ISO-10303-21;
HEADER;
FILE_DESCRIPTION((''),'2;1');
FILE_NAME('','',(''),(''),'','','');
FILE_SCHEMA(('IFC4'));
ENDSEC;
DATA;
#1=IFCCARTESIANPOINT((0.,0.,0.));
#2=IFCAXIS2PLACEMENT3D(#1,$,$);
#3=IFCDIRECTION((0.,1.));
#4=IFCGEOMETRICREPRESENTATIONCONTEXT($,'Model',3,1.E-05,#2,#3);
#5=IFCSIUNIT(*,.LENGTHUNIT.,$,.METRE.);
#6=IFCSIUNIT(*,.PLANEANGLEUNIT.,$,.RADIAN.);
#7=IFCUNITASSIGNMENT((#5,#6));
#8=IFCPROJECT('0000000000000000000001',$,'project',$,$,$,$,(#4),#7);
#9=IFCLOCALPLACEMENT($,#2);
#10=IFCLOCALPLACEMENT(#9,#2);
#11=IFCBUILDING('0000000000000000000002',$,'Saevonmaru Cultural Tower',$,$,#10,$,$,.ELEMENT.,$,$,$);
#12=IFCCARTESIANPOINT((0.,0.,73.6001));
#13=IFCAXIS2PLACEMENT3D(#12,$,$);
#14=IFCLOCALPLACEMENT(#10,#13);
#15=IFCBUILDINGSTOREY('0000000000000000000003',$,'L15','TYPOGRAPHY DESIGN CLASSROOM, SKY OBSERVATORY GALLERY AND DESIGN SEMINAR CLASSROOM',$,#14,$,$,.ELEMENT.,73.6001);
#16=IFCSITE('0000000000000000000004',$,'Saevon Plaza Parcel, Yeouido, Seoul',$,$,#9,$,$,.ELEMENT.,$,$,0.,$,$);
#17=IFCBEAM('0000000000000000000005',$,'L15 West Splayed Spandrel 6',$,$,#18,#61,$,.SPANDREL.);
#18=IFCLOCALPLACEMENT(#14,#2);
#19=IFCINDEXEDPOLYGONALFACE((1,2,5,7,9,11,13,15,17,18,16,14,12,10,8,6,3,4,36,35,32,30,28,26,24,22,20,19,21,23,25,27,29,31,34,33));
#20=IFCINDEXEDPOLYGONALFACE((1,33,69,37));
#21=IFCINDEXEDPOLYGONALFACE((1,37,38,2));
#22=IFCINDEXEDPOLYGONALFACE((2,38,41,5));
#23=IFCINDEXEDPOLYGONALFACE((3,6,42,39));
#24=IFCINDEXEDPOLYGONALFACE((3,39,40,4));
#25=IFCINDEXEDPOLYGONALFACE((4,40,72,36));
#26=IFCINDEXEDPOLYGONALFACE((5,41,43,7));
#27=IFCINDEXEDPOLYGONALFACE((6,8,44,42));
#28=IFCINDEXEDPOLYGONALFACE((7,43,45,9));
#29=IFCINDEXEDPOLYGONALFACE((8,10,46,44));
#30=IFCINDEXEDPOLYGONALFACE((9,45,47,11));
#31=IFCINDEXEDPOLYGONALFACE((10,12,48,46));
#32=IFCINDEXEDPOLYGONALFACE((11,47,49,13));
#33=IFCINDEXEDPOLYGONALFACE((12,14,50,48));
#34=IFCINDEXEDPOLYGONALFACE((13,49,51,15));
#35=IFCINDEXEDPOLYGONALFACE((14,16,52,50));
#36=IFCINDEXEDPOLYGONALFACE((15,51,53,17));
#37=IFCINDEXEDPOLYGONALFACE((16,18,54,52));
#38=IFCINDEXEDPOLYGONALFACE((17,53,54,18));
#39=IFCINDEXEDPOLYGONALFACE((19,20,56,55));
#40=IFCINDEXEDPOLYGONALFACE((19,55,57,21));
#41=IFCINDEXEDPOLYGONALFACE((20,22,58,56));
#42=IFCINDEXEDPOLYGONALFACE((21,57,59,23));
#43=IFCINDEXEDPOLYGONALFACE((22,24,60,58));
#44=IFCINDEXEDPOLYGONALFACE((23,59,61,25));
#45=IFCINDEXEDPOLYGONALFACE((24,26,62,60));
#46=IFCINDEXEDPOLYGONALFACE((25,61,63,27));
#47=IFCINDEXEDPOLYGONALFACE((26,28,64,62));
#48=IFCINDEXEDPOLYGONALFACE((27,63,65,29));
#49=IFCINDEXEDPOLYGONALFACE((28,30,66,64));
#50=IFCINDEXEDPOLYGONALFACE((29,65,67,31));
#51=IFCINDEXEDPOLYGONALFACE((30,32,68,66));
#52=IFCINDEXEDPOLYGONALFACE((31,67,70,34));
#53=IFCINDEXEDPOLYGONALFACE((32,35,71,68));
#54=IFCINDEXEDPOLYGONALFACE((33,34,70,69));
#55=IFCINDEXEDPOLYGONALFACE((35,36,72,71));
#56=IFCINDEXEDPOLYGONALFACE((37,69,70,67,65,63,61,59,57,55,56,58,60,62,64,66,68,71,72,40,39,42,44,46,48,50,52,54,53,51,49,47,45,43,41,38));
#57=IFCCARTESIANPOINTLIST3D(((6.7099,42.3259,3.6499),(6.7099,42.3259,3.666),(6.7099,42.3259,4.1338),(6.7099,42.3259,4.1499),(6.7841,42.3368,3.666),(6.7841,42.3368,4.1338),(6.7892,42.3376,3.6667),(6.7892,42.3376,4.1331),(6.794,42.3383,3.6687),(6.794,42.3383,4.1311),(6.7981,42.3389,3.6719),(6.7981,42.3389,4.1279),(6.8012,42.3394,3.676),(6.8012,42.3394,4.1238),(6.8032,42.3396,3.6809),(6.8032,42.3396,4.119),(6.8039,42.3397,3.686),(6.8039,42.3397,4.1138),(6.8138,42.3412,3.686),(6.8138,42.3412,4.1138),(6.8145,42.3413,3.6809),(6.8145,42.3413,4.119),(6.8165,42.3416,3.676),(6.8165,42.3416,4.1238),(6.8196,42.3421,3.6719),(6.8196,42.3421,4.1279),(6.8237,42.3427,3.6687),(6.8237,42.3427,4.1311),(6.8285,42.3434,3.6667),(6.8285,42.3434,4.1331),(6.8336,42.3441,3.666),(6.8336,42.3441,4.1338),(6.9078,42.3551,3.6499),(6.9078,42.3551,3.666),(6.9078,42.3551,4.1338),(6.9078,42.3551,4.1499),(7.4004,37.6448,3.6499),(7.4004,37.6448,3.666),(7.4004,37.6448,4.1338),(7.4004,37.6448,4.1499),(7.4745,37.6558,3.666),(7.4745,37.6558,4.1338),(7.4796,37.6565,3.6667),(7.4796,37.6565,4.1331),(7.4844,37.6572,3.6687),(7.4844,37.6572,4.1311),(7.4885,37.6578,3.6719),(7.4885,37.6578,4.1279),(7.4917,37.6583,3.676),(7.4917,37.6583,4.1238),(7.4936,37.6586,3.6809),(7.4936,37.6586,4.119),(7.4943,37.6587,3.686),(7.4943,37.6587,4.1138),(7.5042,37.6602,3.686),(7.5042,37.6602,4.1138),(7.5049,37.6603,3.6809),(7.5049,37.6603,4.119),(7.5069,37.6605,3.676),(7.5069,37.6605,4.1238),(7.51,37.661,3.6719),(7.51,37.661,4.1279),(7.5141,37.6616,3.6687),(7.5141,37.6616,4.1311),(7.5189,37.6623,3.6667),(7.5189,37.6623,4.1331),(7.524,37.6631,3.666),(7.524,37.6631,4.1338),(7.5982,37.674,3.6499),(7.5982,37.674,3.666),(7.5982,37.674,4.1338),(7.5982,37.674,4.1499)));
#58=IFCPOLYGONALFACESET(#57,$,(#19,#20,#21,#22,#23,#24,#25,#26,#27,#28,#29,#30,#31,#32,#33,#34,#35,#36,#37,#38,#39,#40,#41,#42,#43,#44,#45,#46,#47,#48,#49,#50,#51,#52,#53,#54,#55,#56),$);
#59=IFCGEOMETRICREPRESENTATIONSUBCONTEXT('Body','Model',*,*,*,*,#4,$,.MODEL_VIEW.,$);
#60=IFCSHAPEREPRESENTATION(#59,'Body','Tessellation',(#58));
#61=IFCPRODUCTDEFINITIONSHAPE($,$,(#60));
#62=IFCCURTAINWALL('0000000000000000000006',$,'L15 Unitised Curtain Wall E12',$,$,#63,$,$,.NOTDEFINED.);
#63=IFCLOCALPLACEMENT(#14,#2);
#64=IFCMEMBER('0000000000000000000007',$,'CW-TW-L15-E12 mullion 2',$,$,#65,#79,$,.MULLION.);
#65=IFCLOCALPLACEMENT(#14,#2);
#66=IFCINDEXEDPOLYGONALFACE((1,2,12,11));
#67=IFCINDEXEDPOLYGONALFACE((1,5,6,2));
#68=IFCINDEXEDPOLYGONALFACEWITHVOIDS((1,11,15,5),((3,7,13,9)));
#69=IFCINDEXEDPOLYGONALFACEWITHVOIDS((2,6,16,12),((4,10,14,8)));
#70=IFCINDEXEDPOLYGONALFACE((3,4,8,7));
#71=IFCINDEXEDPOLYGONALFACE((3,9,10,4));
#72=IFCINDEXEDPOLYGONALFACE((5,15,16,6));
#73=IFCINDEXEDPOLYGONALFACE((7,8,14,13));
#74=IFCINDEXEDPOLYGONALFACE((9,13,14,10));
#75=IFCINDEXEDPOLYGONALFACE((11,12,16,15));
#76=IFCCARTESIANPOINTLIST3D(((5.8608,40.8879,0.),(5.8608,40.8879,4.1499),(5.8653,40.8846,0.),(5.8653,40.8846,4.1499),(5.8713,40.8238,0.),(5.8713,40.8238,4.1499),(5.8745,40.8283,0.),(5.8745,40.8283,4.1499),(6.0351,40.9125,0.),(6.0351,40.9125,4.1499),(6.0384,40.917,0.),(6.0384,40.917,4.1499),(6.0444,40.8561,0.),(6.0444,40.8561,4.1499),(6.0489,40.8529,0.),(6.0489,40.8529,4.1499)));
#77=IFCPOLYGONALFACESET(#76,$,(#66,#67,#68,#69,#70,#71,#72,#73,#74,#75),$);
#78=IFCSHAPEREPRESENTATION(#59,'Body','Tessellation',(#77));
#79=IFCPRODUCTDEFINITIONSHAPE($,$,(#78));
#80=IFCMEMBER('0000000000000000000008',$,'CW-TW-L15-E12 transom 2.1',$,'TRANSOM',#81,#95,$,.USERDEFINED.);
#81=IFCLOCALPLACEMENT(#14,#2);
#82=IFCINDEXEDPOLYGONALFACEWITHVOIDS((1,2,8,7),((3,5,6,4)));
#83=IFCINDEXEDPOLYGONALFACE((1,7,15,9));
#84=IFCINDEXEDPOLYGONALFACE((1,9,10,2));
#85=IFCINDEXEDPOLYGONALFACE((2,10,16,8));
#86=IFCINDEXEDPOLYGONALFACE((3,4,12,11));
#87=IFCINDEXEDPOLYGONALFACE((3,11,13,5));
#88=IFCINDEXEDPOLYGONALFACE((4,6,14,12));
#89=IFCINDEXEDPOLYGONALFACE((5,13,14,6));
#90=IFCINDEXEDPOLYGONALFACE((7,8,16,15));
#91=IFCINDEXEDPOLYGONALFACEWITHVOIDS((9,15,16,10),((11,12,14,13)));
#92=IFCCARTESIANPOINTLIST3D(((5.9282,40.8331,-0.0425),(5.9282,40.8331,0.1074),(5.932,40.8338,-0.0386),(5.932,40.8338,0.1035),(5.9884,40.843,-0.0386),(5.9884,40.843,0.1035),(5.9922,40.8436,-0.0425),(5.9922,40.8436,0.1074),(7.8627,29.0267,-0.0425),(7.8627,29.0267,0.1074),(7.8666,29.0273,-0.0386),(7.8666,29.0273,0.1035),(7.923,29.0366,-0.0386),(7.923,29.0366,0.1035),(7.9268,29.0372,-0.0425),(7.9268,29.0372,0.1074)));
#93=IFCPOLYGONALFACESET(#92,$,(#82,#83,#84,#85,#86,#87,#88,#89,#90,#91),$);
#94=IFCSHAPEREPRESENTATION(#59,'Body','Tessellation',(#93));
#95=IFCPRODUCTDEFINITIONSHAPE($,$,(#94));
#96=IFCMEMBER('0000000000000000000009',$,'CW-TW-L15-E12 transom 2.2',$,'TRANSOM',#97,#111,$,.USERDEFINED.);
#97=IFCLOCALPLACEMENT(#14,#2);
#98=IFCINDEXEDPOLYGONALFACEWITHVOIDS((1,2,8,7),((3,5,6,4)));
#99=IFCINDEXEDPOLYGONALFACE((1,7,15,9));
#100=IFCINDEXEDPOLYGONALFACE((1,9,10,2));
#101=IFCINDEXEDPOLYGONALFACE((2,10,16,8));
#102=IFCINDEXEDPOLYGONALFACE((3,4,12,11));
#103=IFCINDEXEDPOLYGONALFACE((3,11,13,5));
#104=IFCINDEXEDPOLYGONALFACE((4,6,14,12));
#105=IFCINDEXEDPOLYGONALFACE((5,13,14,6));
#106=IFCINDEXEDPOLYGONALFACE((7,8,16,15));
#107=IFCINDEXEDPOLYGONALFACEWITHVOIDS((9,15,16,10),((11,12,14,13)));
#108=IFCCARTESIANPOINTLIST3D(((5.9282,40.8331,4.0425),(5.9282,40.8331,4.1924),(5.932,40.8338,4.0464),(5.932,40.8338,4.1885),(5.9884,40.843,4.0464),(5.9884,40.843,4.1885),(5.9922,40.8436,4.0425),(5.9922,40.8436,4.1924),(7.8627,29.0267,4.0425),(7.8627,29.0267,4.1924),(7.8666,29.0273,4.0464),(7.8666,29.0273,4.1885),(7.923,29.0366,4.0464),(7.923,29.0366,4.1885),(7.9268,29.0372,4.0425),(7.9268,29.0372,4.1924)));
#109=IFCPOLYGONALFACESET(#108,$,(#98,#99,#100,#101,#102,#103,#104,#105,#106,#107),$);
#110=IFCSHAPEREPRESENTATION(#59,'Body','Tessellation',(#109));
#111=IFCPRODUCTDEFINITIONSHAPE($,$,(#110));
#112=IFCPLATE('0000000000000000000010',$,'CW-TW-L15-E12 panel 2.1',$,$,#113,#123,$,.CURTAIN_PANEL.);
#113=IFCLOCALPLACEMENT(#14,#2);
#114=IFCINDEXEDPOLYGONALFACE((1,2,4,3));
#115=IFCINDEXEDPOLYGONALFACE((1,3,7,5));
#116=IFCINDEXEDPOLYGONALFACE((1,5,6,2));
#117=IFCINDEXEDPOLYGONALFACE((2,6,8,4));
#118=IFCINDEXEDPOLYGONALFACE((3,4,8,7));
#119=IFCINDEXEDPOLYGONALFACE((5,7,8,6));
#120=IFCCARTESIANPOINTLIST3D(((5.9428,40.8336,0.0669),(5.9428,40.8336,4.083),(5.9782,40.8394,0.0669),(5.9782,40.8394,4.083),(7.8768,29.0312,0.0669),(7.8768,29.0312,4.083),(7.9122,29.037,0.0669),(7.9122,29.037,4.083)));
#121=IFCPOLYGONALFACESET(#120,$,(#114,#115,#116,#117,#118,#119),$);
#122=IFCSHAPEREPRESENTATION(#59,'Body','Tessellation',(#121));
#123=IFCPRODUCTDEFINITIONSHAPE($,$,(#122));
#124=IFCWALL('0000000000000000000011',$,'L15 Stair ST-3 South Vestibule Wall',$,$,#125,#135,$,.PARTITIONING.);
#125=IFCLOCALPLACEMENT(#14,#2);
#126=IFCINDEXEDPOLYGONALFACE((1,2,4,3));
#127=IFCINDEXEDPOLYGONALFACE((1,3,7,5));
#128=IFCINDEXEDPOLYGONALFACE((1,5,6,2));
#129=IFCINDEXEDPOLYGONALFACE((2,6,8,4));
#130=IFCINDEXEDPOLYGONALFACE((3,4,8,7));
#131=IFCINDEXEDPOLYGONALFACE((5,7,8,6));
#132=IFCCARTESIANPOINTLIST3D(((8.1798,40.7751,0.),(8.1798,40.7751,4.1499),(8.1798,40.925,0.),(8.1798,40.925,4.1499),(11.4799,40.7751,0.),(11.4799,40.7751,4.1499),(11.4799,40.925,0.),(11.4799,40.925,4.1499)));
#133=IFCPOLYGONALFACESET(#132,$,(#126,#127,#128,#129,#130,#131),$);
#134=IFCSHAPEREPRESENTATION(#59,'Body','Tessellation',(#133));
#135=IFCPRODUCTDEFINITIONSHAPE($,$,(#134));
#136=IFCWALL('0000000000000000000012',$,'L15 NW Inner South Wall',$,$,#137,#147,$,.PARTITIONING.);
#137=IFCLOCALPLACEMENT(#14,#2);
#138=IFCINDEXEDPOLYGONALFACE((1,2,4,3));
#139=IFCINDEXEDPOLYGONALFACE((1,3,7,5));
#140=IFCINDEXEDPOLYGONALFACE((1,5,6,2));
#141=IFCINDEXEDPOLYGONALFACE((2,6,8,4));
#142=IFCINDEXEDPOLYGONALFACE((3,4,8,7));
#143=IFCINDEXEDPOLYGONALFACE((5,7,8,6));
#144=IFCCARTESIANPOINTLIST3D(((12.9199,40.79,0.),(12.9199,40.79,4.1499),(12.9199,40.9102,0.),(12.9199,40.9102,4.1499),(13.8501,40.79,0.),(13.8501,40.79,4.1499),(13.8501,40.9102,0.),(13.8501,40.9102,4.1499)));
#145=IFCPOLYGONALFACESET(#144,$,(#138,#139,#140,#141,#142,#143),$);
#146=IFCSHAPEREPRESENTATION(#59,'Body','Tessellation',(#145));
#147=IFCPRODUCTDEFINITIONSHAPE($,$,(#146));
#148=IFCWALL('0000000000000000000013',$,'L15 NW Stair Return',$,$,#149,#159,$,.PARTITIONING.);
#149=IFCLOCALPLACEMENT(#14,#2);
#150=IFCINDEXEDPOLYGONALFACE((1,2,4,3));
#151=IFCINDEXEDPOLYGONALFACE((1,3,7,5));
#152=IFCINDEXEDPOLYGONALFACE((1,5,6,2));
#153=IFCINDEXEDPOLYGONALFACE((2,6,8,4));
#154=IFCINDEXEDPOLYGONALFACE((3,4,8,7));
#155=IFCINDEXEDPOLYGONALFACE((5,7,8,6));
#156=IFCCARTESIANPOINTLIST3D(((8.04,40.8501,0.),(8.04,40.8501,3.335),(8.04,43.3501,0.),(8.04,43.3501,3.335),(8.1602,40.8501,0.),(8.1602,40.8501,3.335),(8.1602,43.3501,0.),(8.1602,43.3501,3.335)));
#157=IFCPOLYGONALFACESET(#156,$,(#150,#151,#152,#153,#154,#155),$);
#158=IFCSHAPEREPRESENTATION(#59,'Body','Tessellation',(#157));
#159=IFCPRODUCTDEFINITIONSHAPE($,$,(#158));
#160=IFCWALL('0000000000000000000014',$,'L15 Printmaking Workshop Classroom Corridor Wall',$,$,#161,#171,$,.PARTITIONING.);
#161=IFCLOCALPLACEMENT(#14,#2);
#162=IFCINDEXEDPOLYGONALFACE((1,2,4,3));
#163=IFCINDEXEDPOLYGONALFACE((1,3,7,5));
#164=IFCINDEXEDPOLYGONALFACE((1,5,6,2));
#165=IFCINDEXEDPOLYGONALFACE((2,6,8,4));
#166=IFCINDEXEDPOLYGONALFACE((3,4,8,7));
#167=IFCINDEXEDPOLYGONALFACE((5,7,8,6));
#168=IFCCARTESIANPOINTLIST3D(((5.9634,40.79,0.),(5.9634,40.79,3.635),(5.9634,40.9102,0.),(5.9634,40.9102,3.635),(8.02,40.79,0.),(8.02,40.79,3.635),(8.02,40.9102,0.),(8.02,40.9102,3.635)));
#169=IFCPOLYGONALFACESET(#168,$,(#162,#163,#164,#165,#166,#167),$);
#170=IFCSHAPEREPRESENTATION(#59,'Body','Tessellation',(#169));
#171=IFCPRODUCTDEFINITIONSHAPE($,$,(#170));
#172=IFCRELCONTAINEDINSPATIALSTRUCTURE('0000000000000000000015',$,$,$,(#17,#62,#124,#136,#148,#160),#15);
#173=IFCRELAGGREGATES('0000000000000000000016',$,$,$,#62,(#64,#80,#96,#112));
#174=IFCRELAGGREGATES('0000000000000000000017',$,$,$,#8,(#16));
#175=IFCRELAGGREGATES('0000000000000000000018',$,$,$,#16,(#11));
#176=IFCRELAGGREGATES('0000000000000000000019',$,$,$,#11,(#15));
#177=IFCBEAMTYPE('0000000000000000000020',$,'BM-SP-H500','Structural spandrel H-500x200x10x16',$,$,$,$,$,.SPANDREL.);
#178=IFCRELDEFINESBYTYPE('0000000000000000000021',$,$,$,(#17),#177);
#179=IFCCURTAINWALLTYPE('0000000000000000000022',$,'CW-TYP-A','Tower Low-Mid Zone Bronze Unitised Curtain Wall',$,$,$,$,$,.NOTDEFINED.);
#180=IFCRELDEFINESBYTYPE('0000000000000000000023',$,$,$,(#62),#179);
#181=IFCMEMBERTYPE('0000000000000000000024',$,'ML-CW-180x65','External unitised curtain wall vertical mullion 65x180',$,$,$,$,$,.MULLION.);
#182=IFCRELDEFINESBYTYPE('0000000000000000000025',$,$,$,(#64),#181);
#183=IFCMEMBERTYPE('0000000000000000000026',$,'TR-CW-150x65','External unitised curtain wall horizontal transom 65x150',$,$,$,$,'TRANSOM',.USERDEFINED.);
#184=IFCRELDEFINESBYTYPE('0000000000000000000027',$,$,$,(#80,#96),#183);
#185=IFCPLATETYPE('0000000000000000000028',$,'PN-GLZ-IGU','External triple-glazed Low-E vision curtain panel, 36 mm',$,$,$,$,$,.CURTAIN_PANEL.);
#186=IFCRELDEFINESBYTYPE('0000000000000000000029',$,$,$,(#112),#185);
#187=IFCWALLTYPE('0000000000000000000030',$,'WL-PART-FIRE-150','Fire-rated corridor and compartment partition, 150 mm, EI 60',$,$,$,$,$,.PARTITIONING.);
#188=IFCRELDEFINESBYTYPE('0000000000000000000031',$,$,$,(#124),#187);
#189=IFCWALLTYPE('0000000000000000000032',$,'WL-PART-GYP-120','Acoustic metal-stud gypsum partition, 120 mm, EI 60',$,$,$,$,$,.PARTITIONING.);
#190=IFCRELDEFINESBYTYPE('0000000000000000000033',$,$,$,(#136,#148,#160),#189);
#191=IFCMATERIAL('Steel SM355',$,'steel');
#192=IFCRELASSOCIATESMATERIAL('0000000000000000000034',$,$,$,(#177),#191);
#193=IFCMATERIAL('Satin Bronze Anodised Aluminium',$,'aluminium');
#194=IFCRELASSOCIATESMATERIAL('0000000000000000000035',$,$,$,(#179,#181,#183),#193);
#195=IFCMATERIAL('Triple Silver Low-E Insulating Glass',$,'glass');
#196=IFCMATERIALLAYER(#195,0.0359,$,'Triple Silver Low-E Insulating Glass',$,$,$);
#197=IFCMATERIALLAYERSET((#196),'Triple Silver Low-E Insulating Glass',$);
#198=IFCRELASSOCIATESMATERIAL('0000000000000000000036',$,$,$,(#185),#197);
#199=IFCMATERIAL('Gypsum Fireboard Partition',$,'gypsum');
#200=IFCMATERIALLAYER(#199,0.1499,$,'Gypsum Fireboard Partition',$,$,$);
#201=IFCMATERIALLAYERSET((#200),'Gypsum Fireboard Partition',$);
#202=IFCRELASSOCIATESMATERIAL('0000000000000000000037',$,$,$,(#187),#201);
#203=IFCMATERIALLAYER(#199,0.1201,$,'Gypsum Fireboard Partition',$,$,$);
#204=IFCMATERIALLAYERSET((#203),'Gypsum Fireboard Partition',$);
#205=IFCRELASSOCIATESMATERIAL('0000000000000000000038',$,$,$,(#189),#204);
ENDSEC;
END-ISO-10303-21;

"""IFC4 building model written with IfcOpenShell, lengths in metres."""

from ifc_helpers import new_model, si_unit, direction, frame, frame_2d, origin, origin_2d, place, context, subcontext, project, spatial, rectangle, hollow_rectangle, i_section, extrude, material, layer, layer_set, material_profile, profile_set, type_object, element, aggregate, save


model = new_model("IFC4")

# Units and contexts
model_context = context("Model", 3, precision=1e-05, world=origin(), true_north=direction((0.0, 1.0)))
body_context = subcontext(model_context, "Body", "Model", "MODEL_VIEW")
ifc_project = project(units=[si_unit("LENGTHUNIT", "METRE"), si_unit("PLANEANGLEUNIT", "RADIAN")], contexts=[model_context])

# Site, building, storey
site_placement = place(None, origin())
site = spatial("IfcSite", under=ifc_project, at=site_placement, Name="Saevon Plaza Parcel, Yeouido, Seoul", CompositionType="ELEMENT", RefElevation=0.0)
building_placement = place(site_placement, origin())
building = spatial("IfcBuilding", under=site, at=building_placement, Name="Saevonmaru Cultural Tower", CompositionType="ELEMENT")
storey_placement = place(building_placement, frame((0.0, 0.0, 73.6001)))
storey = spatial("IfcBuildingStorey", under=building, at=storey_placement, Name="L15", Description="TYPOGRAPHY DESIGN CLASSROOM, SKY OBSERVATORY GALLERY AND DESIGN SEMINAR CLASSROOM", CompositionType="ELEMENT", Elevation=73.6001)

# Beam
ifc_material_1 = material(Name="Steel SM355", Category="steel")
ifc_material_profile_1 = material_profile(ifc_material_1, i_section(OverallWidth=0.2, OverallDepth=0.5, WebThickness=0.01, FlangeThickness=0.0161, FilletRadius=0.02, at=origin_2d()), Name="H-500x200x10x16")
ifc_profile_set_1 = profile_set([ifc_material_profile_1], Name="Steel SM355")
beam_type_1 = type_object("IfcBeamType", Name="BM-SP-H500", Description="Structural spandrel H-500x200x10x16", PredefinedType="SPANDREL", material=ifc_profile_set_1)
beam_1_placement = place(storey_placement, frame((7.4993, 37.6594, 3.8999), z_axis=(-0.145913, 0.989297, 0.0), x_axis=(-0.989297, -0.145913, 0.0)))
element("IfcBeam", 1, at=beam_1_placement, inside=storey, type_object=beam_type_1, Name="L15 West Splayed Spandrel 6", PredefinedType="SPANDREL", context=body_context, shape_type="SweptSolid", body=[
    extrude(i_section(OverallWidth=0.2, OverallDepth=0.5, WebThickness=0.01, FlangeThickness=0.0161, FilletRadius=0.02, at=origin_2d()), origin(), (0.0, 0.0, 1.0), 4.7317),
])

# Curtain wall, members, plate
ifc_material_2 = material(Name="Satin Bronze Anodised Aluminium", Category="aluminium")
curtain_wall_type = type_object("IfcCurtainWallType", Name="CW-TYP-A", Description="Tower Low-Mid Zone Bronze Unitised Curtain Wall", PredefinedType="NOTDEFINED", material=ifc_material_2)
curtain_wall_placement = place(storey_placement, origin())
curtain_wall = element("IfcCurtainWall", 2, at=curtain_wall_placement, inside=storey, type_object=curtain_wall_type, Name="L15 Unitised Curtain Wall E12", PredefinedType="NOTDEFINED")
ifc_material_profile_2 = material_profile(ifc_material_2, hollow_rectangle(XDim=0.0649, YDim=0.1799, WallThickness=0.0039, at=origin_2d()), Name="ALU-MULL-180x65x4")
ifc_profile_set_2 = profile_set([ifc_material_profile_2], Name="Satin Bronze Anodised Aluminium")
member_type_1 = type_object("IfcMemberType", Name="ML-CW-180x65", Description="External unitised curtain wall vertical mullion 65x180", PredefinedType="MULLION", material=ifc_profile_set_2)
member_1_placement = place(storey_placement, frame((5.9548, 40.8704, 0.0), z_axis=(0.0, 0.0, 1.0), x_axis=(0.161709, -0.986839, 0.0)))
member_1 = element("IfcMember", 3, at=member_1_placement, type_object=member_type_1, Name="CW-TW-L15-E12 mullion 2", PredefinedType="MULLION", context=body_context, shape_type="SweptSolid", body=[
    extrude(hollow_rectangle(XDim=0.0649, YDim=0.1799, WallThickness=0.0039, at=origin_2d()), origin(), (0.0, 0.0, 1.0), 4.1499),
])
ifc_material_profile_3 = material_profile(ifc_material_2, hollow_rectangle(XDim=0.0649, YDim=0.1499, WallThickness=0.0039, at=origin_2d()), Name="ALU-TRAN-150x65x4")
ifc_profile_set_3 = profile_set([ifc_material_profile_3], Name="Satin Bronze Anodised Aluminium")
member_type_2 = type_object("IfcMemberType", Name="TR-CW-150x65", Description="External unitised curtain wall horizontal transom 65x150", ElementType="TRANSOM", PredefinedType="USERDEFINED", material=ifc_profile_set_3)
member_2_placement = place(storey_placement, frame((5.9602, 40.8384, 0.0325), z_axis=(0.161701, -0.98684, 0.0), x_axis=(0.98684, 0.161701, 0.0)))
member_2 = element("IfcMember", 4, at=member_2_placement, type_object=member_type_2, Name="CW-TW-L15-E12 transom 2.1", ObjectType="TRANSOM", PredefinedType="USERDEFINED", context=body_context, shape_type="SweptSolid", body=[
    extrude(hollow_rectangle(XDim=0.0649, YDim=0.1499, WallThickness=0.0039, at=origin_2d()), origin(), (0.0, 0.0, 1.0), 11.9639),
])
member_3_placement = place(storey_placement, frame((5.9602, 40.8384, 4.1174), z_axis=(0.161701, -0.98684, 0.0), x_axis=(0.98684, 0.161701, 0.0)))
member_3 = element("IfcMember", 5, at=member_3_placement, type_object=member_type_2, Name="CW-TW-L15-E12 transom 2.2", ObjectType="TRANSOM", PredefinedType="USERDEFINED", context=body_context, shape_type="SweptSolid", body=[
    extrude(hollow_rectangle(XDim=0.0649, YDim=0.1499, WallThickness=0.0039, at=origin_2d()), origin(), (0.0, 0.0, 1.0), 11.9639),
])
ifc_material_3 = material(Name="Triple Silver Low-E Insulating Glass", Category="glass")
ifc_layer_1 = layer(ifc_material_3, 0.0359, Name="Triple Silver Low-E Insulating Glass")
ifc_layer_set_1 = layer_set([ifc_layer_1], Name="Triple Silver Low-E Insulating Glass")
plate_type = type_object("IfcPlateType", Name="PN-GLZ-IGU", Description="External triple-glazed Low-E vision curtain panel, 36 mm", PredefinedType="CURTAIN_PANEL", material=ifc_layer_set_1)
plate_placement = place(storey_placement, frame((6.9275, 34.9353, 0.0669), z_axis=(0.0, 0.0, 1.0), x_axis=(0.161709, -0.986839, 0.0)))
plate = element("IfcPlate", 6, at=plate_placement, type_object=plate_type, Name="CW-TW-L15-E12 panel 2.1", PredefinedType="CURTAIN_PANEL", context=body_context, shape_type="SweptSolid", body=[
    extrude(rectangle(XDim=11.9597, YDim=0.0359, at=origin_2d()), origin(), (0.0, 0.0, 1.0), 4.0161),
])
aggregate(curtain_wall, [member_1, member_2, member_3, plate])

# Walls
ifc_material_4 = material(Name="Gypsum Fireboard Partition", Category="gypsum")
ifc_layer_2 = layer(ifc_material_4, 0.1499, Name="Gypsum Fireboard Partition")
ifc_layer_set_2 = layer_set([ifc_layer_2], Name="Gypsum Fireboard Partition")
wall_type_1 = type_object("IfcWallType", Name="WL-PART-FIRE-150", Description="Fire-rated corridor and compartment partition, 150 mm, EI 60", PredefinedType="PARTITIONING", material=ifc_layer_set_2)
wall_1_placement = place(storey_placement, frame((8.1799, 40.8501, 0.0), z_axis=(0.0, 0.0, 1.0), x_axis=(1.0, 0.0, 0.0)))
element("IfcWall", 7, at=wall_1_placement, inside=storey, type_object=wall_type_1, Name="L15 Stair ST-3 South Vestibule Wall", PredefinedType="PARTITIONING", context=body_context, shape_type="SweptSolid", body=[
    extrude(rectangle(XDim=3.3, YDim=0.1499, at=frame_2d((1.6499, 0.0))), origin(), (0.0, 0.0, 1.0), 4.1499),
])
ifc_layer_3 = layer(ifc_material_4, 0.1201, Name="Gypsum Fireboard Partition")
ifc_layer_set_3 = layer_set([ifc_layer_3], Name="Gypsum Fireboard Partition")
wall_type_2 = type_object("IfcWallType", Name="WL-PART-GYP-120", Description="Acoustic metal-stud gypsum partition, 120 mm, EI 60", PredefinedType="PARTITIONING", material=ifc_layer_set_3)
wall_2_placement = place(storey_placement, frame((12.9199, 40.8501, 0.0), z_axis=(0.0, 0.0, 1.0), x_axis=(1.0, 0.0, 0.0)))
element("IfcWall", 8, at=wall_2_placement, inside=storey, type_object=wall_type_2, Name="L15 NW Inner South Wall", PredefinedType="PARTITIONING", context=body_context, shape_type="SweptSolid", body=[
    extrude(rectangle(XDim=0.9302, YDim=0.1201, at=frame_2d((0.4651, 0.0))), origin(), (0.0, 0.0, 1.0), 4.1499),
])
wall_3_placement = place(storey_placement, frame((8.1001, 40.8501, 0.0), z_axis=(0.0, 0.0, 1.0), x_axis=(0.0, 1.0, 0.0)))
element("IfcWall", 9, at=wall_3_placement, inside=storey, type_object=wall_type_2, Name="L15 NW Stair Return", PredefinedType="PARTITIONING", context=body_context, shape_type="SweptSolid", body=[
    extrude(rectangle(XDim=2.5, YDim=0.1201, at=frame_2d((1.25, 0.0))), origin(), (0.0, 0.0, 1.0), 3.335),
])
wall_4_placement = place(storey_placement, frame((5.9634, 40.8501, 0.0), z_axis=(0.0, 0.0, 1.0), x_axis=(1.0, 0.0, 0.0)))
element("IfcWall", 10, at=wall_4_placement, inside=storey, type_object=wall_type_2, Name="L15 Printmaking Workshop Classroom Corridor Wall", PredefinedType="PARTITIONING", context=body_context, shape_type="SweptSolid", body=[
    extrude(rectangle(XDim=2.0566, YDim=0.1201, at=frame_2d((1.0283, 0.0))), origin(), (0.0, 0.0, 1.0), 3.635),
])

save(model, "model.ifc")
